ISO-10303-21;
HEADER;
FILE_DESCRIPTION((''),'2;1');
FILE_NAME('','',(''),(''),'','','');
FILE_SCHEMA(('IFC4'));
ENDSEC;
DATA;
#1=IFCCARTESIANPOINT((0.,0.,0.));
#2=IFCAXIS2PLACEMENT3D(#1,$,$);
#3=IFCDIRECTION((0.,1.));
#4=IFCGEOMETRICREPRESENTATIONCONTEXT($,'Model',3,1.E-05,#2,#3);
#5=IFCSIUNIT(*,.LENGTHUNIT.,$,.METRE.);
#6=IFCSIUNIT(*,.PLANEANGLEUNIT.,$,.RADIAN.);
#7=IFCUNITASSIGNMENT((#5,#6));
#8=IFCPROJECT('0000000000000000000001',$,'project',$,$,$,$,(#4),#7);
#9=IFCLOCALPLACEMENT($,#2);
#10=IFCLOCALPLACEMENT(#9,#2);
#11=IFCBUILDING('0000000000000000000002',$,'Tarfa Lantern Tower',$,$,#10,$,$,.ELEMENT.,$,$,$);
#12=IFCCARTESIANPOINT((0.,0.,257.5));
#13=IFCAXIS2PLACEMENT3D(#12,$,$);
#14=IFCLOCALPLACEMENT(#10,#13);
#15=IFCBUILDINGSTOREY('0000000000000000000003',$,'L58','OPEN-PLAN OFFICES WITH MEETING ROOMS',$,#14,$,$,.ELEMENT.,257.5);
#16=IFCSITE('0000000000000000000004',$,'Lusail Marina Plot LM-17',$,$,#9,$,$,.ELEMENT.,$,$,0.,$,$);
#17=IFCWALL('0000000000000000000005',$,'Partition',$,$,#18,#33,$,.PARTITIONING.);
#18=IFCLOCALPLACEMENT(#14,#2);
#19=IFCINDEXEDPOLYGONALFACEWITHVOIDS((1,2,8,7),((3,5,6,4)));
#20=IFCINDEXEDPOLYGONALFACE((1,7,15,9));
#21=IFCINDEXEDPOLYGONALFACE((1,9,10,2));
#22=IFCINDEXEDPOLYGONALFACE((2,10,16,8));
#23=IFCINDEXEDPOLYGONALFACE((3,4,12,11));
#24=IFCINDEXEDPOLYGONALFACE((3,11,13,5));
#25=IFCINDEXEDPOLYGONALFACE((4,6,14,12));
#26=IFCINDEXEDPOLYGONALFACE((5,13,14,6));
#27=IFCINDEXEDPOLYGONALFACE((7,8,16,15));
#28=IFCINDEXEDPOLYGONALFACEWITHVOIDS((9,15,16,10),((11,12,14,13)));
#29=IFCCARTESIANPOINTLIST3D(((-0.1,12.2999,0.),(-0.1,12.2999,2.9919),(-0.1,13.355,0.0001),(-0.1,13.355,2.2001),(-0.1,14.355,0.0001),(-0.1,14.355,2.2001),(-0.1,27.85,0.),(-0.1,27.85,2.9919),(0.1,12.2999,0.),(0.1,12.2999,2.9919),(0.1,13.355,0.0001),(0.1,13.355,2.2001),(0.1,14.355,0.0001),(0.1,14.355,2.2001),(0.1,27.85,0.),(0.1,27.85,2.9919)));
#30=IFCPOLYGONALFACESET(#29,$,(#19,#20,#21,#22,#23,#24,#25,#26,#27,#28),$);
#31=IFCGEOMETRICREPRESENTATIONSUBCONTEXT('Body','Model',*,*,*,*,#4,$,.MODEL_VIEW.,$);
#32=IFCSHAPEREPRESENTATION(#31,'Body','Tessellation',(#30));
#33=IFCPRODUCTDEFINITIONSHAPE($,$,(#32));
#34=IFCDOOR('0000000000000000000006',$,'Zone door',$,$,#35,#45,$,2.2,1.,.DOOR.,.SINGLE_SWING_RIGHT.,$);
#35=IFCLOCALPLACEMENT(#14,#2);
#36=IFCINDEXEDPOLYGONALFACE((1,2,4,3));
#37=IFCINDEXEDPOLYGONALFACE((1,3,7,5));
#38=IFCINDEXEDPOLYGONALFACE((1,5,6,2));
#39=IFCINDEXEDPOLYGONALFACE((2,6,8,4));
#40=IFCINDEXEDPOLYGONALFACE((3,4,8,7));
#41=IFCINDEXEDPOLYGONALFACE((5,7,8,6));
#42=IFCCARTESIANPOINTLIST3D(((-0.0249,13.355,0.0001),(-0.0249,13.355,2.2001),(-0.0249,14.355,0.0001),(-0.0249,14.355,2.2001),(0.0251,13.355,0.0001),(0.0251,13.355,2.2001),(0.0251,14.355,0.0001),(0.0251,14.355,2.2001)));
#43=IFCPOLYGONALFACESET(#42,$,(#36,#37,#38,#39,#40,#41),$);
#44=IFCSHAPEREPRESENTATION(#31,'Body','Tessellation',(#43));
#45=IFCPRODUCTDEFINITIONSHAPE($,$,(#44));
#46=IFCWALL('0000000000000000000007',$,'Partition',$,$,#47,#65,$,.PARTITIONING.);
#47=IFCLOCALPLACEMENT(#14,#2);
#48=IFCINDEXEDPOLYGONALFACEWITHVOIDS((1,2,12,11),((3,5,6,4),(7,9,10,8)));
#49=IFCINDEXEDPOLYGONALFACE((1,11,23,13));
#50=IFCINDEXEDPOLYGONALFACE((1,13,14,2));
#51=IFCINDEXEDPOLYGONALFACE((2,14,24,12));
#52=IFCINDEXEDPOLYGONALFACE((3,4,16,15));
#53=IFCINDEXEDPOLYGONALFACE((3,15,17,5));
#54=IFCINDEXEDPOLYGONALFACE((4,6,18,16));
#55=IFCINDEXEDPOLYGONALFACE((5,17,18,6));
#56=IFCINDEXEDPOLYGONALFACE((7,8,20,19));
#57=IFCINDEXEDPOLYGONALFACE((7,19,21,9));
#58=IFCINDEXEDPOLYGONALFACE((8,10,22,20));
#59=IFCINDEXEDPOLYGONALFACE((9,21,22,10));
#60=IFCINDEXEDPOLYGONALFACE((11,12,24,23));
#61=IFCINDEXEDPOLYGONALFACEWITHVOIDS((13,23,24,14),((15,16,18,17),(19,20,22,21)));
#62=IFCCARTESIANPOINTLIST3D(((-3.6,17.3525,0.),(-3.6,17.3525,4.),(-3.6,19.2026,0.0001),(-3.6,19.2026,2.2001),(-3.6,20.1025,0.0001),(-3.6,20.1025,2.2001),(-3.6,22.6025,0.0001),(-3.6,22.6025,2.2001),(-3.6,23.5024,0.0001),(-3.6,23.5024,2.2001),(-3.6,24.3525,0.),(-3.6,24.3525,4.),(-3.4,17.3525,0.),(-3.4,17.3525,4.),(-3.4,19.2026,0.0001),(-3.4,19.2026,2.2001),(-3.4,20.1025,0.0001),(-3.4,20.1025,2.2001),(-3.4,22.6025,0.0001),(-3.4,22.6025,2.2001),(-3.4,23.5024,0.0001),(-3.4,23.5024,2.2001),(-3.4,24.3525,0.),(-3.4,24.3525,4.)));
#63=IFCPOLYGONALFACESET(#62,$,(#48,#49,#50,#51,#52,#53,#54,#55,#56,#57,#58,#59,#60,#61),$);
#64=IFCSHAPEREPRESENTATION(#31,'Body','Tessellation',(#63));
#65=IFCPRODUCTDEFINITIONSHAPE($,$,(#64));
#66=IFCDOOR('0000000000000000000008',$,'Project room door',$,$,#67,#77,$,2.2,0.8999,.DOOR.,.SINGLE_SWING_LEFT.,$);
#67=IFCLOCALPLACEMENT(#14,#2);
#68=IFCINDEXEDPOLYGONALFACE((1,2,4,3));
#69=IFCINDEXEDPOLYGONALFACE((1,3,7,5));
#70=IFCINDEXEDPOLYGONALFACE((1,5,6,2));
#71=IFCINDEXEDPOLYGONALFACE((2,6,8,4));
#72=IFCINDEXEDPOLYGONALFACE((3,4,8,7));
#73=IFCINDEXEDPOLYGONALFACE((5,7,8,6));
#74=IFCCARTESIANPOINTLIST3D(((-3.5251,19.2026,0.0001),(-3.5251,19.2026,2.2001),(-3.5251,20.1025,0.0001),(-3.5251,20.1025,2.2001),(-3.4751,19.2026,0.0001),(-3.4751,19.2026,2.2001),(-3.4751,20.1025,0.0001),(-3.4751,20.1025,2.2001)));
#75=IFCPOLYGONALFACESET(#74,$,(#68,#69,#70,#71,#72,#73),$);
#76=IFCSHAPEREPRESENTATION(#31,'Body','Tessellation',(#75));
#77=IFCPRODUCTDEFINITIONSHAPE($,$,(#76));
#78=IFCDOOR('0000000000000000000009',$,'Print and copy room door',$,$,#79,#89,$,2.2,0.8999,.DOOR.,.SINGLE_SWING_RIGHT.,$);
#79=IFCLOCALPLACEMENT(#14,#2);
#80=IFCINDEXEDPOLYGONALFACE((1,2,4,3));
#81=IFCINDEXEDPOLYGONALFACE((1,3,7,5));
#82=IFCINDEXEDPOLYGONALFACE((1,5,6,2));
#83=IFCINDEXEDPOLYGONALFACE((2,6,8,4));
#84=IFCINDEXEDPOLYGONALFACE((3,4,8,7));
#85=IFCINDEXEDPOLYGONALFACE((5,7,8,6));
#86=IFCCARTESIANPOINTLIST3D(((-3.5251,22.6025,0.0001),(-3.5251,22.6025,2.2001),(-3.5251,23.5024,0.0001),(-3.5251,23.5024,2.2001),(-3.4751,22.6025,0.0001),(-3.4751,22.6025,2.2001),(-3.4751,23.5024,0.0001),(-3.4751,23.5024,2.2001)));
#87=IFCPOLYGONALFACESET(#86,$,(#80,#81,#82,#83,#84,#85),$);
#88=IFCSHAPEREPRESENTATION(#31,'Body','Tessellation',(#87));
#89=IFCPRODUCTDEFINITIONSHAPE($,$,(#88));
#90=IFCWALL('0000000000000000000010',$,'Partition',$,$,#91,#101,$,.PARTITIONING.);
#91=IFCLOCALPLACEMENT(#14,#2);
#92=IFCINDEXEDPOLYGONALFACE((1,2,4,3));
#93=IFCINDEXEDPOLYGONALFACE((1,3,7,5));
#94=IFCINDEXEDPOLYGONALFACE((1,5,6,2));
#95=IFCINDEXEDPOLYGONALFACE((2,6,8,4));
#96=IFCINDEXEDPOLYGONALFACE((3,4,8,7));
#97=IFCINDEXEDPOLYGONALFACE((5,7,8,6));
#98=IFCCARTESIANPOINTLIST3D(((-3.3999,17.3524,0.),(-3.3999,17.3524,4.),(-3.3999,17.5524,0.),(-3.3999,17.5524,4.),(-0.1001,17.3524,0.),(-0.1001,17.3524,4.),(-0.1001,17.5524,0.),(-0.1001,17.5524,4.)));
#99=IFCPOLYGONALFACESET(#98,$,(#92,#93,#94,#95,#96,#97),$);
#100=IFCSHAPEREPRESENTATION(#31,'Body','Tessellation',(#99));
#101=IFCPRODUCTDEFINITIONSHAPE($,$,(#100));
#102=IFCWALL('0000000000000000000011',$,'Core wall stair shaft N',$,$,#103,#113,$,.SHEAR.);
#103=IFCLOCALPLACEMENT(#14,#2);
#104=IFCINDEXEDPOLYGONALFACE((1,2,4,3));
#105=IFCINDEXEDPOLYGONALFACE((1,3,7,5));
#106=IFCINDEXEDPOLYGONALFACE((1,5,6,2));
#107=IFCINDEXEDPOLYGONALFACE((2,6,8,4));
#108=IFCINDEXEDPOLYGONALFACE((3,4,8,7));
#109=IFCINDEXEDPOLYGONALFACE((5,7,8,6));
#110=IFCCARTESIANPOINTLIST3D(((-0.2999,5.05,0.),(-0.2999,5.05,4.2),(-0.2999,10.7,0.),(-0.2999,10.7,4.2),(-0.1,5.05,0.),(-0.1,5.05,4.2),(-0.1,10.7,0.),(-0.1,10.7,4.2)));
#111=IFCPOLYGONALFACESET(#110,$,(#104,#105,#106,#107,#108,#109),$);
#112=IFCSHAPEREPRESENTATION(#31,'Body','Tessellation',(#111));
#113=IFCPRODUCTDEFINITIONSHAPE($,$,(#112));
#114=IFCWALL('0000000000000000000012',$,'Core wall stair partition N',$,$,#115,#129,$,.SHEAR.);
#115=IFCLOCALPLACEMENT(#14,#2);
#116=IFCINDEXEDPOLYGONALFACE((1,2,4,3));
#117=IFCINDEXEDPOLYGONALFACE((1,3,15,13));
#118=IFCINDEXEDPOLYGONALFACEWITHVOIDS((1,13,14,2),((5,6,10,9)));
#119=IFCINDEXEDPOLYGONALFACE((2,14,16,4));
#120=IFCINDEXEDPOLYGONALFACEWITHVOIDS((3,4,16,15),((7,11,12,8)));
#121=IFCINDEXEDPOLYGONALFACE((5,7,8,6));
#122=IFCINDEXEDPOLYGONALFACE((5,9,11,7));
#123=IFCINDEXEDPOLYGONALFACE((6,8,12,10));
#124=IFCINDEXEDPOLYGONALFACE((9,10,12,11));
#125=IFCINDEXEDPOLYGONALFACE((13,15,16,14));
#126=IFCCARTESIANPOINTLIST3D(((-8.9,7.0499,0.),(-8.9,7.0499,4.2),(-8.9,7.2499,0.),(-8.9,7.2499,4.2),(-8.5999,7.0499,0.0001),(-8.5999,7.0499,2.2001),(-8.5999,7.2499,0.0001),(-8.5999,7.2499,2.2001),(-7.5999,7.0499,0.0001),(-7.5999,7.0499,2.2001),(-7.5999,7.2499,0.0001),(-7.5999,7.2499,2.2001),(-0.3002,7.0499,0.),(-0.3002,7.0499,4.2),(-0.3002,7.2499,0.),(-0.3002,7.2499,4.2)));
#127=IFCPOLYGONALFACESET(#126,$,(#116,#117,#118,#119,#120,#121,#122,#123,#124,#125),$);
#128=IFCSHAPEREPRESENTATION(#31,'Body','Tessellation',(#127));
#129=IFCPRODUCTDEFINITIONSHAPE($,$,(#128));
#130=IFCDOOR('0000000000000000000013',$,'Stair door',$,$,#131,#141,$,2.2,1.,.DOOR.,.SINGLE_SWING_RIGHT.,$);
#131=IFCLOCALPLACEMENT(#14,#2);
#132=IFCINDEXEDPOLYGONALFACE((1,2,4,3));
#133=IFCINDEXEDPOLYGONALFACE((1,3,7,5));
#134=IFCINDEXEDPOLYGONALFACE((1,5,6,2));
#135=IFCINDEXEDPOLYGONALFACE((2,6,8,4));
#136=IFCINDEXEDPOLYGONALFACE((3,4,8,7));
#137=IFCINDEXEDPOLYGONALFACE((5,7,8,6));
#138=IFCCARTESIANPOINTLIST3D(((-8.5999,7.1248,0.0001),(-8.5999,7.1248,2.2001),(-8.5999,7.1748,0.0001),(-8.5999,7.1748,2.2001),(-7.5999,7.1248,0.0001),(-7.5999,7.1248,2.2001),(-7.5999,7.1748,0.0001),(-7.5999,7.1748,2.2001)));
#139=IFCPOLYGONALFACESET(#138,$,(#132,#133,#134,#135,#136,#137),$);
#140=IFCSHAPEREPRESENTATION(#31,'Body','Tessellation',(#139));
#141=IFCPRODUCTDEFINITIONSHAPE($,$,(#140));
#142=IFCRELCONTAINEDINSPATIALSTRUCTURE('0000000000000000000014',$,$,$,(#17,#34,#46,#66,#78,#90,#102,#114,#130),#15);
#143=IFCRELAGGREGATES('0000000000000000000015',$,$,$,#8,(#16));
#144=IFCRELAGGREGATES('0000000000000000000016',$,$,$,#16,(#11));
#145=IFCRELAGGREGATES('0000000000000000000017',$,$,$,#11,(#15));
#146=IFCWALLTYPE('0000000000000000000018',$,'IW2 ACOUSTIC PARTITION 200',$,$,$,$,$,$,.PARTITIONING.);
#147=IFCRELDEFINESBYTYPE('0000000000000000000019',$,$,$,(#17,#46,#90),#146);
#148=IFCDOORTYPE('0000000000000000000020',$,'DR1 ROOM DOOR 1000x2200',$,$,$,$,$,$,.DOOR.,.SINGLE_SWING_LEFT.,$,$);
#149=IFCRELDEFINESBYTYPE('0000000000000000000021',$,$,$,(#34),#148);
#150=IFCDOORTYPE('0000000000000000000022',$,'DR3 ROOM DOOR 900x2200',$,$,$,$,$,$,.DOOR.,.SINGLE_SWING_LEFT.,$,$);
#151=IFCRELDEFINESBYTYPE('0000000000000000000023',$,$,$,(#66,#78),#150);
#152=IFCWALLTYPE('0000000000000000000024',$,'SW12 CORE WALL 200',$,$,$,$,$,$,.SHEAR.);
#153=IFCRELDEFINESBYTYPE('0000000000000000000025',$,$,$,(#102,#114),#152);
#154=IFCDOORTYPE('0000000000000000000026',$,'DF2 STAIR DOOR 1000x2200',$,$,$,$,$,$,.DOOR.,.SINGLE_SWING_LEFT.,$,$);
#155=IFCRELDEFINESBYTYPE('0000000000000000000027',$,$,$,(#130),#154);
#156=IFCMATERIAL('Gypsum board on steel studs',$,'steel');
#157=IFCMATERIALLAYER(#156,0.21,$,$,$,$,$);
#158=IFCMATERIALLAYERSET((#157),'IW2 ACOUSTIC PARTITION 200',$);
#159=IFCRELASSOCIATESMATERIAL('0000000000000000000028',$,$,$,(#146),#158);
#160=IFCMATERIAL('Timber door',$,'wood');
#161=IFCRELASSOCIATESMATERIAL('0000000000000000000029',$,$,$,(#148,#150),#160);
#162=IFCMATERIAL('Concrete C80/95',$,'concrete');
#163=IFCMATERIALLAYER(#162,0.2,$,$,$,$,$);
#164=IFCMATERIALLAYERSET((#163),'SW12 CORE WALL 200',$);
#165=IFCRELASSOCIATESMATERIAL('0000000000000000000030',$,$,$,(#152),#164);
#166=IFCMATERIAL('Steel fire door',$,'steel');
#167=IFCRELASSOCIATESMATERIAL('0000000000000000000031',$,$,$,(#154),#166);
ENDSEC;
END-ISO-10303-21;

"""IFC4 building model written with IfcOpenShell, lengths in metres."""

from ifc_helpers import new_model, si_unit, direction, frame, frame_2d, origin, place, context, subcontext, project, spatial, rectangle, extrude, material, layer, layer_set, type_object, element, fill, save


model = new_model("IFC4")

# Units and contexts
model_context = context("Model", 3, precision=1e-05, world=origin(), true_north=direction((0.0, 1.0)))
body_context = subcontext(model_context, "Body", "Model", "MODEL_VIEW")
ifc_project = project(units=[si_unit("LENGTHUNIT", "METRE"), si_unit("PLANEANGLEUNIT", "RADIAN")], contexts=[model_context])

# Site, building, storey
site_placement = place(None, origin())
site = spatial("IfcSite", under=ifc_project, at=site_placement, Name="Lusail Marina Plot LM-17", CompositionType="ELEMENT", RefElevation=0.0)
building_placement = place(site_placement, origin())
building = spatial("IfcBuilding", under=site, at=building_placement, Name="Tarfa Lantern Tower", CompositionType="ELEMENT")
storey_placement = place(building_placement, frame((0.0, 0.0, 257.5)))
storey = spatial("IfcBuildingStorey", under=building, at=storey_placement, Name="L58", Description="OPEN-PLAN OFFICES WITH MEETING ROOMS", CompositionType="ELEMENT", Elevation=257.5)

# Wall, opening, door
ifc_material_1 = material(Name="Gypsum board on steel studs", Category="steel")
ifc_layer_1 = layer(ifc_material_1, 0.21)
ifc_layer_set_1 = layer_set([ifc_layer_1], Name="IW2 ACOUSTIC PARTITION 200")
wall_type_1 = type_object("IfcWallType", Name="IW2 ACOUSTIC PARTITION 200", PredefinedType="PARTITIONING", material=ifc_layer_set_1)
wall_1_placement = place(storey_placement, frame((0.0, 12.3, 0.0), z_axis=(0.0, 0.0, 1.0), x_axis=(0.0, 1.0, 0.0)))
wall_1 = element("IfcWall", 1, at=wall_1_placement, inside=storey, type_object=wall_type_1, Name="Partition", PredefinedType="PARTITIONING", context=body_context, shape_type="SweptSolid", body=[
    extrude(rectangle(XDim=15.55, YDim=0.2, at=frame_2d((7.7749, 0.0))), origin(), (0.0, 0.0, 1.0), 2.9919),
])
opening_1_placement = place(wall_1_placement, frame((1.0549, 0.0, 0.0)))
opening_1 = element("IfcOpeningElement", 2, at=opening_1_placement, cuts=wall_1, PredefinedType="OPENING", context=body_context, shape_type="SweptSolid", body=[
    extrude(rectangle(XDim=1.0, YDim=2.2, at=frame_2d((0.5, 1.1001))), frame((0.0, 0.1099, 0.0), z_axis=(0.0, -1.0, 0.0), x_axis=(1.0, 0.0, 0.0)), (0.0, 0.0, 1.0), 0.22),
])
ifc_material_2 = material(Name="Timber door", Category="wood")
door_type_1 = type_object("IfcDoorType", Name="DR1 ROOM DOOR 1000x2200", OperationType="SINGLE_SWING_LEFT", PredefinedType="DOOR", material=ifc_material_2)
door_1_placement = place(opening_1_placement, origin())
door_1 = element("IfcDoor", 3, at=door_1_placement, inside=storey, type_object=door_type_1, Name="Zone door", OperationType="SINGLE_SWING_RIGHT", OverallHeight=2.2, OverallWidth=1.0, PredefinedType="DOOR", context=body_context, shape_type="SweptSolid", body=[
    extrude(rectangle(XDim=1.0, YDim=2.2, at=frame_2d((0.5, 1.1001))), frame((0.0, 0.0249, 0.0), z_axis=(0.0, -1.0, 0.0), x_axis=(1.0, 0.0, 0.0)), (0.0, 0.0, 1.0), 0.05),
])
fill(opening_1, door_1)

# Wall, openings, doors
wall_2_placement = place(storey_placement, frame((-3.5, 17.3525, 0.0), z_axis=(0.0, 0.0, 1.0), x_axis=(0.0, 1.0, 0.0)))
wall_2 = element("IfcWall", 4, at=wall_2_placement, inside=storey, type_object=wall_type_1, Name="Partition", PredefinedType="PARTITIONING", context=body_context, shape_type="SweptSolid", body=[
    extrude(rectangle(XDim=7.0, YDim=0.2, at=frame_2d((3.5, 0.0))), origin(), (0.0, 0.0, 1.0), 4.0),
])
opening_2_placement = place(wall_2_placement, frame((1.8501, 0.0, 0.0)))
opening_2 = element("IfcOpeningElement", 5, at=opening_2_placement, cuts=wall_2, PredefinedType="OPENING", context=body_context, shape_type="SweptSolid", body=[
    extrude(rectangle(XDim=0.8999, YDim=2.2, at=frame_2d((0.45, 1.1001))), frame((0.0, 0.1099, 0.0), z_axis=(0.0, -1.0, 0.0), x_axis=(1.0, 0.0, 0.0)), (0.0, 0.0, 1.0), 0.22),
])
opening_3_placement = place(wall_2_placement, frame((5.25, 0.0, 0.0)))
opening_3 = element("IfcOpeningElement", 6, at=opening_3_placement, cuts=wall_2, PredefinedType="OPENING", context=body_context, shape_type="SweptSolid", body=[
    extrude(rectangle(XDim=0.8999, YDim=2.2, at=frame_2d((0.45, 1.1001))), frame((0.0, 0.1099, 0.0), z_axis=(0.0, -1.0, 0.0), x_axis=(1.0, 0.0, 0.0)), (0.0, 0.0, 1.0), 0.22),
])
door_type_2 = type_object("IfcDoorType", Name="DR3 ROOM DOOR 900x2200", OperationType="SINGLE_SWING_LEFT", PredefinedType="DOOR", material=ifc_material_2)
door_2_placement = place(opening_2_placement, frame((0.8999, 0.0, 0.0), z_axis=(0.0, 0.0, 1.0), x_axis=(-1.0, 0.0, 0.0)))
door_2 = element("IfcDoor", 7, at=door_2_placement, inside=storey, type_object=door_type_2, Name="Project room door", OperationType="SINGLE_SWING_LEFT", OverallHeight=2.2, OverallWidth=0.8999, PredefinedType="DOOR", context=body_context, shape_type="SweptSolid", body=[
    extrude(rectangle(XDim=0.8999, YDim=2.2, at=frame_2d((0.45, 1.1001))), frame((0.0, 0.0249, 0.0), z_axis=(0.0, -1.0, 0.0), x_axis=(1.0, 0.0, 0.0)), (0.0, 0.0, 1.0), 0.05),
])
fill(opening_2, door_2)
door_3_placement = place(opening_3_placement, frame((0.8999, 0.0, 0.0), z_axis=(0.0, 0.0, 1.0), x_axis=(-1.0, 0.0, 0.0)))
door_3 = element("IfcDoor", 8, at=door_3_placement, inside=storey, type_object=door_type_2, Name="Print and copy room door", OperationType="SINGLE_SWING_RIGHT", OverallHeight=2.2, OverallWidth=0.8999, PredefinedType="DOOR", context=body_context, shape_type="SweptSolid", body=[
    extrude(rectangle(XDim=0.8999, YDim=2.2, at=frame_2d((0.45, 1.1001))), frame((0.0, 0.0249, 0.0), z_axis=(0.0, -1.0, 0.0), x_axis=(1.0, 0.0, 0.0)), (0.0, 0.0, 1.0), 0.05),
])
fill(opening_3, door_3)

# Walls
wall_3_placement = place(storey_placement, frame((-0.1001, 17.4524, 0.0), z_axis=(0.0, 0.0, 1.0), x_axis=(-1.0, 0.0, 0.0)))
element("IfcWall", 9, at=wall_3_placement, inside=storey, type_object=wall_type_1, Name="Partition", PredefinedType="PARTITIONING", context=body_context, shape_type="SweptSolid", body=[
    extrude(rectangle(XDim=3.2998, YDim=0.2, at=frame_2d((1.6499, 0.0))), origin(), (0.0, 0.0, 1.0), 4.0),
])
ifc_material_3 = material(Name="Concrete C80/95", Category="concrete")
ifc_layer_2 = layer(ifc_material_3, 0.2)
ifc_layer_set_2 = layer_set([ifc_layer_2], Name="SW12 CORE WALL 200")
wall_type_2 = type_object("IfcWallType", Name="SW12 CORE WALL 200", PredefinedType="SHEAR", material=ifc_layer_set_2)
wall_4_placement = place(storey_placement, frame((-0.2, 5.05, 0.0), z_axis=(0.0, 0.0, 1.0), x_axis=(0.0, 1.0, 0.0)))
element("IfcWall", 10, at=wall_4_placement, inside=storey, type_object=wall_type_2, Name="Core wall stair shaft N", PredefinedType="SHEAR", context=body_context, shape_type="SweptSolid", body=[
    extrude(rectangle(XDim=5.6499, YDim=0.2, at=frame_2d((2.825, 0.0))), origin(), (0.0, 0.0, 1.0), 4.2),
])

# Wall, opening, door
wall_5_placement = place(storey_placement, frame((-8.8999, 7.1499, 0.0), z_axis=(0.0, 0.0, 1.0), x_axis=(1.0, 0.0, 0.0)))
wall_5 = element("IfcWall", 11, at=wall_5_placement, inside=storey, type_object=wall_type_2, Name="Core wall stair partition N", PredefinedType="SHEAR", context=body_context, shape_type="SweptSolid", body=[
    extrude(rectangle(XDim=8.5999, YDim=0.2, at=frame_2d((4.2998, 0.0))), origin(), (0.0, 0.0, 1.0), 4.2),
])
opening_4_placement = place(wall_5_placement, frame((0.3, 0.0, 0.0)))
opening_4 = element("IfcOpeningElement", 12, at=opening_4_placement, cuts=wall_5, PredefinedType="OPENING", context=body_context, shape_type="SweptSolid", body=[
    extrude(rectangle(XDim=1.0, YDim=2.2, at=frame_2d((0.5, 1.1001))), frame((0.0, 0.1099, 0.0), z_axis=(0.0, -1.0, 0.0), x_axis=(1.0, 0.0, 0.0)), (0.0, 0.0, 1.0), 0.22),
])
ifc_material_4 = material(Name="Steel fire door", Category="steel")
door_type_3 = type_object("IfcDoorType", Name="DF2 STAIR DOOR 1000x2200", OperationType="SINGLE_SWING_LEFT", PredefinedType="DOOR", material=ifc_material_4)
door_4_placement = place(opening_4_placement, origin())
door_4 = element("IfcDoor", 13, at=door_4_placement, inside=storey, type_object=door_type_3, Name="Stair door", OperationType="SINGLE_SWING_RIGHT", OverallHeight=2.2, OverallWidth=1.0, PredefinedType="DOOR", context=body_context, shape_type="SweptSolid", body=[
    extrude(rectangle(XDim=1.0, YDim=2.2, at=frame_2d((0.5, 1.1001))), frame((0.0, 0.0249, 0.0), z_axis=(0.0, -1.0, 0.0), x_axis=(1.0, 0.0, 0.0)), (0.0, 0.0, 1.0), 0.05),
])
fill(opening_4, door_4)

save(model, "model.ifc")
